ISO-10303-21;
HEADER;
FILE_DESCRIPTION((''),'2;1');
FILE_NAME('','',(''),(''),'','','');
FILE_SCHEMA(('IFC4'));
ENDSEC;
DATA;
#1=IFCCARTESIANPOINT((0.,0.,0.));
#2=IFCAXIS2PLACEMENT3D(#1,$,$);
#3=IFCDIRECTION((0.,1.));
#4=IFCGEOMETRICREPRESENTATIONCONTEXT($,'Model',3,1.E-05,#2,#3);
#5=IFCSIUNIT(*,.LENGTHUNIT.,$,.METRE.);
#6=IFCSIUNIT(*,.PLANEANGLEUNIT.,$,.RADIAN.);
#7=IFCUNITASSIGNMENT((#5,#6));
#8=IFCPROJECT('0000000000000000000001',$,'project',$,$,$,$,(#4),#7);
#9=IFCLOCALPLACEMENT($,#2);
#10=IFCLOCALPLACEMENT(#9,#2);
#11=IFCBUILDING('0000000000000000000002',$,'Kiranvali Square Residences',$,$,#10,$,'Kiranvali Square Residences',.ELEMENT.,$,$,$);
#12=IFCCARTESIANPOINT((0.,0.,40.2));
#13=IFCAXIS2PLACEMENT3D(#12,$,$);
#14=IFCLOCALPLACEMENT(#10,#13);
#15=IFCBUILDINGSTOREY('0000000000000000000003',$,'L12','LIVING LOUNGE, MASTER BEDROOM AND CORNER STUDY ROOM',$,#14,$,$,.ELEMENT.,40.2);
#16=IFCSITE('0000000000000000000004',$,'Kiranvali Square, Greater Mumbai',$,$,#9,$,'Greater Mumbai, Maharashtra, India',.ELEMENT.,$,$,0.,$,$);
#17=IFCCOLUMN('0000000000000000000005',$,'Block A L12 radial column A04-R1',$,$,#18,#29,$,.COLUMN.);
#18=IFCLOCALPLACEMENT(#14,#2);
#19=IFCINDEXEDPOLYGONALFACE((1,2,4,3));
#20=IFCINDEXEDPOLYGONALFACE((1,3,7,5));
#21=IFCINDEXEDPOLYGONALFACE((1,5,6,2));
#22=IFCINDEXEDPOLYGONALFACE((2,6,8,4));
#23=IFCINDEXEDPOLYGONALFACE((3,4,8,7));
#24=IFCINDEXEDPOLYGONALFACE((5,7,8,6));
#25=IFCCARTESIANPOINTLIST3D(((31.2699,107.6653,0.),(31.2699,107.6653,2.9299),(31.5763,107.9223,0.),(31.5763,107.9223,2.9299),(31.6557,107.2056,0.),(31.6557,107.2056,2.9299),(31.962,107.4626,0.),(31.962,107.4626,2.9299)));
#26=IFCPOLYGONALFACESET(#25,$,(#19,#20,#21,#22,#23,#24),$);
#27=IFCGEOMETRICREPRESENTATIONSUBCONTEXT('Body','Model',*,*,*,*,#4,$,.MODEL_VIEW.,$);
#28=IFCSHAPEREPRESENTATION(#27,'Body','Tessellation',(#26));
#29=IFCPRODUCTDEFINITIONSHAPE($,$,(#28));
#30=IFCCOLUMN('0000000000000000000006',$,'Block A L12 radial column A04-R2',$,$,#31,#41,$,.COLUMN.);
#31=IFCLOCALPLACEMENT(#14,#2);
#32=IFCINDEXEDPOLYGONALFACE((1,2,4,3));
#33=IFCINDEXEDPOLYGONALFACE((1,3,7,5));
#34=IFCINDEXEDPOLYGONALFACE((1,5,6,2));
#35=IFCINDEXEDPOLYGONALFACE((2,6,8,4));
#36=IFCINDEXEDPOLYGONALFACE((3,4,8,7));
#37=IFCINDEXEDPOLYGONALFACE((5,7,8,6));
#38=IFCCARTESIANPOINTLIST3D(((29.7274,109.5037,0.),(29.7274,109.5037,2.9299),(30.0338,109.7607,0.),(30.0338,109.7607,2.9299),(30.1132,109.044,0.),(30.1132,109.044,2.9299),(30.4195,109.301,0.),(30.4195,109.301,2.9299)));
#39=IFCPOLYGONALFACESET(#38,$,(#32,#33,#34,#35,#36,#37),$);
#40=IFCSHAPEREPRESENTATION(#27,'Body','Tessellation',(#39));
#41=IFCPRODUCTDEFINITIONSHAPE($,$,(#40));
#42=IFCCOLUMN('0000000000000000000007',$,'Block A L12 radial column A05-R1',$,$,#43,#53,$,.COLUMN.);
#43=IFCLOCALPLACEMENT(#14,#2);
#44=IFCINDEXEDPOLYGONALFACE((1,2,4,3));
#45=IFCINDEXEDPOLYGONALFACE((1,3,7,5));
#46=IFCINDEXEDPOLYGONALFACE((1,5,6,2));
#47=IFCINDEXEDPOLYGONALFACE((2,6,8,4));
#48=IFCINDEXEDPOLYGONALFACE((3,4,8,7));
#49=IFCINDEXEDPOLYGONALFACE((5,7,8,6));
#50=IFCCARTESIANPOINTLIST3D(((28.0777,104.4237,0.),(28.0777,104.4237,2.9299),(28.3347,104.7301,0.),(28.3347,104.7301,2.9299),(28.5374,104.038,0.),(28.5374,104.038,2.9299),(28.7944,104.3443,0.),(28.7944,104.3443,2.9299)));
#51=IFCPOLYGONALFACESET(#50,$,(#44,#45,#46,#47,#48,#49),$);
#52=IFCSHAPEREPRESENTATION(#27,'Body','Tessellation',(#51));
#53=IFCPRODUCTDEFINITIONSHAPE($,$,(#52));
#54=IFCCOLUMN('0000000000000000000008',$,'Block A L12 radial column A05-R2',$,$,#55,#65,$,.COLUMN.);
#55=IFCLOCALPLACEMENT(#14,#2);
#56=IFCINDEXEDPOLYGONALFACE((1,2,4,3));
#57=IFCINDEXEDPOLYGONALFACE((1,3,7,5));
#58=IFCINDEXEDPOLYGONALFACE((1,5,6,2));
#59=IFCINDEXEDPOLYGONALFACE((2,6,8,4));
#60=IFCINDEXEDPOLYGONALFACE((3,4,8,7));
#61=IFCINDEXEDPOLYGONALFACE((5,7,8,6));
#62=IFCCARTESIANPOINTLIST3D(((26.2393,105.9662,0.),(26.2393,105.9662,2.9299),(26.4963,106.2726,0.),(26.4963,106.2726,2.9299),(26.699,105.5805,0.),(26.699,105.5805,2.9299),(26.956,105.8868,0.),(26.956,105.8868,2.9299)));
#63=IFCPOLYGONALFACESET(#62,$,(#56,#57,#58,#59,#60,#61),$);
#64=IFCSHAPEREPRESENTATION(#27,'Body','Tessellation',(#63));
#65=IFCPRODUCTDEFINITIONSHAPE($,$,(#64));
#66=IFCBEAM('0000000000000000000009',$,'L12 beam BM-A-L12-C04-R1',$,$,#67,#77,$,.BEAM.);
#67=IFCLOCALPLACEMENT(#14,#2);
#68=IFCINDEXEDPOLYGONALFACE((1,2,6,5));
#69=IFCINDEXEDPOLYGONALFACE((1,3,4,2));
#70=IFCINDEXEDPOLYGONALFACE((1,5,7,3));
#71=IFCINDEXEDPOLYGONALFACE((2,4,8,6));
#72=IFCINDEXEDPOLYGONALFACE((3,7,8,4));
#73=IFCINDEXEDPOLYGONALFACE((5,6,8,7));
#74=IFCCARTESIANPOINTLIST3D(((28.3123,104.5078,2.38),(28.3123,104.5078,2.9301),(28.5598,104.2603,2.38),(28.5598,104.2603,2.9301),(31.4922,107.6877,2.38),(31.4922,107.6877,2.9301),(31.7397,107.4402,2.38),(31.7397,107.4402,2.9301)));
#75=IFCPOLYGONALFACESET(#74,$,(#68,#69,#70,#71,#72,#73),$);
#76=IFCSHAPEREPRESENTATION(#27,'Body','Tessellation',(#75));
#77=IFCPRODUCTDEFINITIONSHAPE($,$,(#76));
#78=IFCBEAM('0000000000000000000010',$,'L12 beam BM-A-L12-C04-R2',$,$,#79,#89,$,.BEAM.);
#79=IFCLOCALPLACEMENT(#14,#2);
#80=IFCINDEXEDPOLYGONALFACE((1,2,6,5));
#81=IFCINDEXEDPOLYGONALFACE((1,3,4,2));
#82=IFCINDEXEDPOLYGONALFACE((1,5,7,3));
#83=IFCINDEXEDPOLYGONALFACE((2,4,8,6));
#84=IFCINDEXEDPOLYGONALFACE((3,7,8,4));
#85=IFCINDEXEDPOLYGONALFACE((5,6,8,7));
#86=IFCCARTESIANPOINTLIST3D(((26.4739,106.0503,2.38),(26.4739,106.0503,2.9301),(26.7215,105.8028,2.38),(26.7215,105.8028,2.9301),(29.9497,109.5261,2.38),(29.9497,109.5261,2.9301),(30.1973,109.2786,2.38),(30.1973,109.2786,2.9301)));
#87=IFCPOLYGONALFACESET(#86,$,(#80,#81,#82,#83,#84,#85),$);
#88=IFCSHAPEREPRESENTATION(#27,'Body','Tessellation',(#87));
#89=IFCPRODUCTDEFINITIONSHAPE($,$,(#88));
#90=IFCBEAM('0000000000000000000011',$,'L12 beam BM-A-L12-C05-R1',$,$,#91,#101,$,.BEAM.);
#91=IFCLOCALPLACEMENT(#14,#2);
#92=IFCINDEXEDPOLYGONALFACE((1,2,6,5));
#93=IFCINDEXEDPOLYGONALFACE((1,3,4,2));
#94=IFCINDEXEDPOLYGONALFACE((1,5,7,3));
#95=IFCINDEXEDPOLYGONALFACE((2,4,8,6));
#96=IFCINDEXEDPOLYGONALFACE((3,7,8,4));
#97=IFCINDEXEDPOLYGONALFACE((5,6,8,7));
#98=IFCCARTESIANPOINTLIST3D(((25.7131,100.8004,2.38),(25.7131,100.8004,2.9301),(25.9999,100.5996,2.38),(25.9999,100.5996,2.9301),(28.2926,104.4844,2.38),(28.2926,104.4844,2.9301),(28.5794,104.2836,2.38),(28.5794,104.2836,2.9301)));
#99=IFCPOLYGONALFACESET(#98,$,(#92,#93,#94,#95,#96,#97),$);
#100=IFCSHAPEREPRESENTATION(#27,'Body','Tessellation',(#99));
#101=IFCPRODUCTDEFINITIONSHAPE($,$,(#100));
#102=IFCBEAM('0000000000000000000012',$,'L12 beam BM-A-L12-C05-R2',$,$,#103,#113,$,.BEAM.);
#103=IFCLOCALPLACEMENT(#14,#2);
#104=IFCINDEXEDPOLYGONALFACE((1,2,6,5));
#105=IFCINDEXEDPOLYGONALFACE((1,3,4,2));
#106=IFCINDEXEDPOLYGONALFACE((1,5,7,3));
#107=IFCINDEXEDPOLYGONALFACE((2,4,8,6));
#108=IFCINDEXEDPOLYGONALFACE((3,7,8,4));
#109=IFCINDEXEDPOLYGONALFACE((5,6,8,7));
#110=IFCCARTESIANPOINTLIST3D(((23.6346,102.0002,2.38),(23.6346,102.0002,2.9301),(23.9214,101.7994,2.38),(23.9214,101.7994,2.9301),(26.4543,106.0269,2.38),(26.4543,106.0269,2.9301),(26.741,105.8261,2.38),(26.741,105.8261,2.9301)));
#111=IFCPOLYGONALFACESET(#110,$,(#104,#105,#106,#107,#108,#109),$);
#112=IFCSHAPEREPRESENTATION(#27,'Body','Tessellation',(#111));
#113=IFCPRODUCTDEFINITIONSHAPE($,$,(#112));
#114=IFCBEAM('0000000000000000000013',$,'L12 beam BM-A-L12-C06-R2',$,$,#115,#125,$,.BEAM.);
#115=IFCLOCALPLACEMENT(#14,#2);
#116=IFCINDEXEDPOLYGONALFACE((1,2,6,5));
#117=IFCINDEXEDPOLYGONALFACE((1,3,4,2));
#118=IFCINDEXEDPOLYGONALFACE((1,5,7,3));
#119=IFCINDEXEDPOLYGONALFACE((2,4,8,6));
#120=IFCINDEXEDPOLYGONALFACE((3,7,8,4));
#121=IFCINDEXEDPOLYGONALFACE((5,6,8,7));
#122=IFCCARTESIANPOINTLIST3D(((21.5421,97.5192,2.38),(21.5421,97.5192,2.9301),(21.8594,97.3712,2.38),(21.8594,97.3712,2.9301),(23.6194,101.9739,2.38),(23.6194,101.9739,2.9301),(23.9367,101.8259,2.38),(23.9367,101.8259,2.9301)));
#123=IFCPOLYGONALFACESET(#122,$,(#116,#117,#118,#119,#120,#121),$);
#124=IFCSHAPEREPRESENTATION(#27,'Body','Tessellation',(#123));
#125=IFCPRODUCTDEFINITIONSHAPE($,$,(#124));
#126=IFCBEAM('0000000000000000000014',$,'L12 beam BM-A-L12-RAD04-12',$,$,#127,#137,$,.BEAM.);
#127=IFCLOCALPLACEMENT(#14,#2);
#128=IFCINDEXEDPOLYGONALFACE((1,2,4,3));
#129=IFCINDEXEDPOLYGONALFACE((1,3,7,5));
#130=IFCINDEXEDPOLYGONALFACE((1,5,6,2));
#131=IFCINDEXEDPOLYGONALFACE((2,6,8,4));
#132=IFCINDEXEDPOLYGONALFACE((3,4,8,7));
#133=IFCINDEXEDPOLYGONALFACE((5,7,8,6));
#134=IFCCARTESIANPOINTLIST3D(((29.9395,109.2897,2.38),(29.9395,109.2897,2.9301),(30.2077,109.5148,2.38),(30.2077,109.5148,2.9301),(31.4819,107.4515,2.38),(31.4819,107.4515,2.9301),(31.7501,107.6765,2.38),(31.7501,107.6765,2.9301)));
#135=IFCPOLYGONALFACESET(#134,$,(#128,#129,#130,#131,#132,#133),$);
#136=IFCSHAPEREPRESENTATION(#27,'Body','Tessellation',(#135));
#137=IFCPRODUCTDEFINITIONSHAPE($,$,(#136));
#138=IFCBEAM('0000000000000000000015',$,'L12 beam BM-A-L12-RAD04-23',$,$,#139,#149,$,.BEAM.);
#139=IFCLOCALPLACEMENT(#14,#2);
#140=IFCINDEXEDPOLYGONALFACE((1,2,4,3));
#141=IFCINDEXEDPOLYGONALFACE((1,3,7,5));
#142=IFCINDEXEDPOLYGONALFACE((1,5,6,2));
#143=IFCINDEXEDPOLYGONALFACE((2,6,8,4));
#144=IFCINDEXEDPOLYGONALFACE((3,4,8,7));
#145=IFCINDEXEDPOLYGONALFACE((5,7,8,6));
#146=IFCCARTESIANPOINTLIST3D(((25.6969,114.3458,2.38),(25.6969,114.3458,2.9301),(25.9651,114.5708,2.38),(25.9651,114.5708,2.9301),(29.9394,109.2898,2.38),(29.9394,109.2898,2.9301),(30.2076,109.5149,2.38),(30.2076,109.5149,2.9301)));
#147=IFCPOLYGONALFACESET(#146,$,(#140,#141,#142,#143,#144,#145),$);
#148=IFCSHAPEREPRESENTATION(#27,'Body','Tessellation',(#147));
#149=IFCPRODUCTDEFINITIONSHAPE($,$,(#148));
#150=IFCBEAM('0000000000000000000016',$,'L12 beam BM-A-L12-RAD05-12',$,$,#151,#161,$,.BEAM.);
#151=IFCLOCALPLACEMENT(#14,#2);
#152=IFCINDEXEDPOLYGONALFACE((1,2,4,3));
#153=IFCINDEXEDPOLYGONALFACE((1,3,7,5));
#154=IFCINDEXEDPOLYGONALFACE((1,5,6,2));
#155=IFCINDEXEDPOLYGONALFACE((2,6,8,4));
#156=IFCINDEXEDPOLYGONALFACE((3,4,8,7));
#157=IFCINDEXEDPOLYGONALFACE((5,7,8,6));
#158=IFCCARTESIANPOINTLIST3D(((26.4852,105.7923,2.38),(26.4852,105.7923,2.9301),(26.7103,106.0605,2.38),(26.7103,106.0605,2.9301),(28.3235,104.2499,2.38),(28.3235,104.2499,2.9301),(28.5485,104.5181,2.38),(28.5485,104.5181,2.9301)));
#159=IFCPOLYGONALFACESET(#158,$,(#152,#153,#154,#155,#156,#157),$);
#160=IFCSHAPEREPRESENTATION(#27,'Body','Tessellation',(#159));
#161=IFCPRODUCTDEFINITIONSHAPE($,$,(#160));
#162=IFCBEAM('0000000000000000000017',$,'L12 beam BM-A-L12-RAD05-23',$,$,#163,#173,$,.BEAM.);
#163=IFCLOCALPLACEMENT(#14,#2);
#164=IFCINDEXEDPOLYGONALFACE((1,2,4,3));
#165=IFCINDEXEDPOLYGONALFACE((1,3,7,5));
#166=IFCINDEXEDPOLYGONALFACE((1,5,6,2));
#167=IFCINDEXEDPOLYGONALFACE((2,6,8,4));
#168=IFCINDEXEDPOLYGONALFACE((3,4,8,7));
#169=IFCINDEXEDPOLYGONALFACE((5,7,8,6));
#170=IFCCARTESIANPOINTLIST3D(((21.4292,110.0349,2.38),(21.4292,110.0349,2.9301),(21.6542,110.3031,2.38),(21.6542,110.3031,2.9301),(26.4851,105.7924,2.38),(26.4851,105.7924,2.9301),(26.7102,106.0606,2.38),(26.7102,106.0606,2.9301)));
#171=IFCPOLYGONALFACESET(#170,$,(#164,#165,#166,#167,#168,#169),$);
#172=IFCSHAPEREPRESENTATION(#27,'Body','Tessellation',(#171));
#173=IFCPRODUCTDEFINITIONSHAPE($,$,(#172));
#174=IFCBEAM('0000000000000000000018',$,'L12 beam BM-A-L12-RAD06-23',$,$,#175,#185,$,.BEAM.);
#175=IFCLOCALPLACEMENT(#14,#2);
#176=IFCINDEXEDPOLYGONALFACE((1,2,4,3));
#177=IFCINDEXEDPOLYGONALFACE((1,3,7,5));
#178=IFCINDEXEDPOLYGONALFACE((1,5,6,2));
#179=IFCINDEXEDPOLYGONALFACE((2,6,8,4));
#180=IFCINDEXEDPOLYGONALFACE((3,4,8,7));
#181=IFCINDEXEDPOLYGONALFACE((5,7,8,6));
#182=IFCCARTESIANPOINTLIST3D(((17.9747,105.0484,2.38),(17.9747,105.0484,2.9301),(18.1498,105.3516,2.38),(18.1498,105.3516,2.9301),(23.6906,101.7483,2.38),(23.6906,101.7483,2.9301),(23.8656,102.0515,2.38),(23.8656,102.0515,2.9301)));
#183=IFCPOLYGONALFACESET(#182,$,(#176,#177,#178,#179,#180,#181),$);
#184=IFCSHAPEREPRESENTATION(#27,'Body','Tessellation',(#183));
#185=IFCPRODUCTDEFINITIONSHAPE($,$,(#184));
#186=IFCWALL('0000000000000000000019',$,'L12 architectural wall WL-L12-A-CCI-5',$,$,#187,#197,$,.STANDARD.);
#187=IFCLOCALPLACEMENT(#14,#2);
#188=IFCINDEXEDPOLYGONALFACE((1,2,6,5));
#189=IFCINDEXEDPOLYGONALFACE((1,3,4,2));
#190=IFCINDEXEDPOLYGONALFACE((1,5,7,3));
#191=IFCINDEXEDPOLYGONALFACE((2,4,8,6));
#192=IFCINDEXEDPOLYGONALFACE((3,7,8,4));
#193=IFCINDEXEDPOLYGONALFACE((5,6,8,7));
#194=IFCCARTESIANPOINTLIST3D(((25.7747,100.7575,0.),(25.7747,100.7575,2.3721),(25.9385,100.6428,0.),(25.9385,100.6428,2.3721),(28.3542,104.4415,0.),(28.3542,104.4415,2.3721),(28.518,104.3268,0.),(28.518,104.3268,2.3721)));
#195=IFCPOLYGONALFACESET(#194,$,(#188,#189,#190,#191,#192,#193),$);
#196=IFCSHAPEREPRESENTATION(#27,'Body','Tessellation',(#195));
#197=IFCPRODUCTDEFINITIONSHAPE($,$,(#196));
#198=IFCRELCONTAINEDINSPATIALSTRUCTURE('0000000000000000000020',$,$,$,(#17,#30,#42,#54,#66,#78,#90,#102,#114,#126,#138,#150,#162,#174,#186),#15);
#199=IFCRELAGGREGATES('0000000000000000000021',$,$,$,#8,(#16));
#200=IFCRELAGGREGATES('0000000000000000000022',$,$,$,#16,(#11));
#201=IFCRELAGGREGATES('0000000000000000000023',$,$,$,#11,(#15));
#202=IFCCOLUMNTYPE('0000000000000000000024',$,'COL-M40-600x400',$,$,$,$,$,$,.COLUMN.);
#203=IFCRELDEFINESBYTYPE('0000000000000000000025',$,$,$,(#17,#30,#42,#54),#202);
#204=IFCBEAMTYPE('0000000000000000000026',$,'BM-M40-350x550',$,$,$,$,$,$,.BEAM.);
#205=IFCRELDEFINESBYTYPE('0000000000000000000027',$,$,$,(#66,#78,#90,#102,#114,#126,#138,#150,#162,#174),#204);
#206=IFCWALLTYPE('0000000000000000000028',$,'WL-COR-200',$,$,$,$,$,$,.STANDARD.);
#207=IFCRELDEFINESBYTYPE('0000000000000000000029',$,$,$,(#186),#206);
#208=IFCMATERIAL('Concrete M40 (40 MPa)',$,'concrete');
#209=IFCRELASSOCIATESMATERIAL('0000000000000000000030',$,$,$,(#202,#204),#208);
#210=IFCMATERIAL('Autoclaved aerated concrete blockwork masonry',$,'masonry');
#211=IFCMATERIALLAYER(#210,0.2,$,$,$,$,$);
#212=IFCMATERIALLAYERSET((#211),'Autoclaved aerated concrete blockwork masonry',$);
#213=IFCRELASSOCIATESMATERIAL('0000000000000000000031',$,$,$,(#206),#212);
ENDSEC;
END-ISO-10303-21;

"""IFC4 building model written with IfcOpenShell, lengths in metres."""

from ifc_helpers import new_model, si_unit, direction, frame, frame_2d, origin, origin_2d, place, context, subcontext, project, spatial, rectangle, extrude, material, layer, layer_set, material_profile, profile_set, type_object, element, save


model = new_model("IFC4")

# Units and contexts
model_context = context("Model", 3, precision=1e-05, world=origin(), true_north=direction((0.0, 1.0)))
body_context = subcontext(model_context, "Body", "Model", "MODEL_VIEW")
ifc_project = project(units=[si_unit("LENGTHUNIT", "METRE"), si_unit("PLANEANGLEUNIT", "RADIAN")], contexts=[model_context])

# Site, building, storey
site_placement = place(None, origin())
site = spatial("IfcSite", under=ifc_project, at=site_placement, Name="Kiranvali Square, Greater Mumbai", LongName="Greater Mumbai, Maharashtra, India", CompositionType="ELEMENT", RefElevation=0.0)
building_placement = place(site_placement, origin())
building = spatial("IfcBuilding", under=site, at=building_placement, Name="Kiranvali Square Residences", LongName="Kiranvali Square Residences", CompositionType="ELEMENT")
storey_placement = place(building_placement, frame((0.0, 0.0, 40.2)))
storey = spatial("IfcBuildingStorey", under=building, at=storey_placement, Name="L12", Description="LIVING LOUNGE, MASTER BEDROOM AND CORNER STUDY ROOM", CompositionType="ELEMENT", Elevation=40.2)

# Columns
ifc_material_1 = material(Name="Concrete M40 (40 MPa)", Category="concrete")
ifc_material_profile_1 = material_profile(ifc_material_1, rectangle(XDim=0.3999, YDim=0.6001, at=origin_2d()), Name="RC 600x400")
ifc_profile_set_1 = profile_set([ifc_material_profile_1], Name="Concrete M40 (40 MPa)")
column_type = type_object("IfcColumnType", Name="COL-M40-600x400", PredefinedType="COLUMN", material=ifc_profile_set_1)
for number, where, z_axis, x_axis, name in (
    (1, (31.616, 107.564, 0.0), (0.0, 0.0, 1.0), (0.766044, 0.642788, 0.0), "Block A L12 radial column A04-R1"),
    (2, (30.0735, 109.4023, 0.0), (0.0, 0.0, 1.0), (0.766044, 0.642788, 0.0), "Block A L12 radial column A04-R2"),
    (3, (28.436, 104.384, 0.0), (0.0, 0.0, 1.0), (0.642788, 0.766044, 0.0), "Block A L12 radial column A05-R1"),
    (4, (26.5977, 105.9265, 0.0), (0.0, 0.0, 1.0), (0.642788, 0.766044, 0.0), "Block A L12 radial column A05-R2"),
):
    element("IfcColumn", number, at=place(storey_placement, frame(where, z_axis=z_axis, x_axis=x_axis)), inside=storey, type_object=column_type, Name=name, PredefinedType="COLUMN", context=body_context, shape_type="SweptSolid", body=[
        extrude(rectangle(XDim=0.3999, YDim=0.6001, at=origin_2d()), origin(), (0.0, 0.0, 1.0), 2.9299),
    ])

# Beams
ifc_material_profile_2 = material_profile(ifc_material_1, rectangle(XDim=0.3501, YDim=0.55, at=origin_2d()), Name="RC 350x550")
ifc_profile_set_2 = profile_set([ifc_material_profile_2], Name="Concrete M40 (40 MPa)")
beam_type = type_object("IfcBeamType", Name="BM-M40-350x550", PredefinedType="BEAM", material=ifc_profile_set_2)
beam_1_placement = place(storey_placement, frame((31.616, 107.564, 2.655), z_axis=(-0.707107, -0.707107, 0.0), x_axis=(0.707107, -0.707107, 0.0)))
element("IfcBeam", 5, at=beam_1_placement, inside=storey, type_object=beam_type, Name="L12 beam BM-A-L12-C04-R1", PredefinedType="BEAM", context=body_context, shape_type="SweptSolid", body=[
    extrude(rectangle(XDim=0.3501, YDim=0.55, at=origin_2d()), origin(), (0.0, 0.0, 1.0), 4.4971),
])
beam_2_placement = place(storey_placement, frame((30.0735, 109.4023, 2.655), z_axis=(-0.707107, -0.707107, 0.0), x_axis=(0.707107, -0.707107, 0.0)))
element("IfcBeam", 6, at=beam_2_placement, inside=storey, type_object=beam_type, Name="L12 beam BM-A-L12-C04-R2", PredefinedType="BEAM", context=body_context, shape_type="SweptSolid", body=[
    extrude(rectangle(XDim=0.3501, YDim=0.55, at=origin_2d()), origin(), (0.0, 0.0, 1.0), 4.9155),
])
beam_3_placement = place(storey_placement, frame((28.436, 104.384, 2.655), z_axis=(-0.573572, -0.819155, 0.0), x_axis=(0.819155, -0.573572, 0.0)))
element("IfcBeam", 7, at=beam_3_placement, inside=storey, type_object=beam_type, Name="L12 beam BM-A-L12-C05-R1", PredefinedType="BEAM", context=body_context, shape_type="SweptSolid", body=[
    extrude(rectangle(XDim=0.3501, YDim=0.55, at=origin_2d()), origin(), (0.0, 0.0, 1.0), 4.4973),
])
beam_4_placement = place(storey_placement, frame((26.5977, 105.9265, 2.655), z_axis=(-0.573592, -0.819141, 0.0), x_axis=(0.819141, -0.573592, 0.0)))
element("IfcBeam", 8, at=beam_4_placement, inside=storey, type_object=beam_type, Name="L12 beam BM-A-L12-C05-R2", PredefinedType="BEAM", context=body_context, shape_type="SweptSolid", body=[
    extrude(rectangle(XDim=0.3501, YDim=0.55, at=origin_2d()), origin(), (0.0, 0.0, 1.0), 4.9158),
])
beam_5_placement = place(storey_placement, frame((23.7781, 101.8999, 2.655), z_axis=(-0.42263, -0.906302, 0.0), x_axis=(0.906302, -0.42263, 0.0)))
element("IfcBeam", 9, at=beam_5_placement, inside=storey, type_object=beam_type, Name="L12 beam BM-A-L12-C06-R2", PredefinedType="BEAM", context=body_context, shape_type="SweptSolid", body=[
    extrude(rectangle(XDim=0.3501, YDim=0.55, at=origin_2d()), origin(), (0.0, 0.0, 1.0), 4.9153),
])
beam_6_placement = place(storey_placement, frame((31.616, 107.564, 2.655), z_axis=(-0.642763, 0.766065, 0.0), x_axis=(-0.766065, -0.642763, 0.0)))
element("IfcBeam", 10, at=beam_6_placement, inside=storey, type_object=beam_type, Name="L12 beam BM-A-L12-RAD04-12", PredefinedType="BEAM", context=body_context, shape_type="SweptSolid", body=[
    extrude(rectangle(XDim=0.3501, YDim=0.55, at=origin_2d()), origin(), (0.0, 0.0, 1.0), 2.3997),
])
beam_7_placement = place(storey_placement, frame((30.0735, 109.4023, 2.655), z_axis=(-0.642789, 0.766043, 0.0), x_axis=(-0.766043, -0.642789, 0.0)))
element("IfcBeam", 11, at=beam_7_placement, inside=storey, type_object=beam_type, Name="L12 beam BM-A-L12-RAD04-23", PredefinedType="BEAM", context=body_context, shape_type="SweptSolid", body=[
    extrude(rectangle(XDim=0.3501, YDim=0.55, at=origin_2d()), origin(), (0.0, 0.0, 1.0), 6.6001),
])
beam_8_placement = place(storey_placement, frame((28.436, 104.384, 2.655), z_axis=(-0.766065, 0.642763, 0.0), x_axis=(-0.642763, -0.766065, 0.0)))
element("IfcBeam", 12, at=beam_8_placement, inside=storey, type_object=beam_type, Name="L12 beam BM-A-L12-RAD05-12", PredefinedType="BEAM", context=body_context, shape_type="SweptSolid", body=[
    extrude(rectangle(XDim=0.3501, YDim=0.55, at=origin_2d()), origin(), (0.0, 0.0, 1.0), 2.3997),
])
for number, where, z_axis, x_axis, name in (
    (13, (26.5977, 105.9265, 2.655), (-0.766043, 0.642789, 0.0), (-0.642789, -0.766043, 0.0), "L12 beam BM-A-L12-RAD05-23"),
    (14, (23.7781, 101.8999, 2.655), (-0.866024, 0.500002, 0.0), (-0.500002, -0.866024, 0.0), "L12 beam BM-A-L12-RAD06-23"),
):
    element("IfcBeam", number, at=place(storey_placement, frame(where, z_axis=z_axis, x_axis=x_axis)), inside=storey, type_object=beam_type, Name=name, PredefinedType="BEAM", context=body_context, shape_type="SweptSolid", body=[
        extrude(rectangle(XDim=0.3501, YDim=0.55, at=origin_2d()), origin(), (0.0, 0.0, 1.0), 6.6001),
    ])

# Shared definitions
ifc_material_2 = material(Name="Autoclaved aerated concrete blockwork masonry", Category="masonry")
ifc_layer_1 = layer(ifc_material_2, 0.2)
ifc_layer_set_1 = layer_set([ifc_layer_1], Name="Autoclaved aerated concrete blockwork masonry")
wall_type_1 = type_object("IfcWallType", Name="WL-COR-200", PredefinedType="STANDARD", material=ifc_layer_set_1)

# Wall
wall_1_placement = place(storey_placement, frame((28.436, 104.384, 0.0), z_axis=(0.0, 0.0, 1.0), x_axis=(-0.573572, -0.819155, 0.0)))
element("IfcWall", 15, at=wall_1_placement, inside=storey, type_object=wall_type_1, Name="L12 architectural wall WL-L12-A-CCI-5", PredefinedType="STANDARD", context=body_context, shape_type="SweptSolid", body=[
    extrude(rectangle(XDim=4.4973, YDim=0.2, at=frame_2d((2.2485, 0.0))), origin(), (0.0, 0.0, 1.0), 2.3721),
])

save(model, "model.ifc")
